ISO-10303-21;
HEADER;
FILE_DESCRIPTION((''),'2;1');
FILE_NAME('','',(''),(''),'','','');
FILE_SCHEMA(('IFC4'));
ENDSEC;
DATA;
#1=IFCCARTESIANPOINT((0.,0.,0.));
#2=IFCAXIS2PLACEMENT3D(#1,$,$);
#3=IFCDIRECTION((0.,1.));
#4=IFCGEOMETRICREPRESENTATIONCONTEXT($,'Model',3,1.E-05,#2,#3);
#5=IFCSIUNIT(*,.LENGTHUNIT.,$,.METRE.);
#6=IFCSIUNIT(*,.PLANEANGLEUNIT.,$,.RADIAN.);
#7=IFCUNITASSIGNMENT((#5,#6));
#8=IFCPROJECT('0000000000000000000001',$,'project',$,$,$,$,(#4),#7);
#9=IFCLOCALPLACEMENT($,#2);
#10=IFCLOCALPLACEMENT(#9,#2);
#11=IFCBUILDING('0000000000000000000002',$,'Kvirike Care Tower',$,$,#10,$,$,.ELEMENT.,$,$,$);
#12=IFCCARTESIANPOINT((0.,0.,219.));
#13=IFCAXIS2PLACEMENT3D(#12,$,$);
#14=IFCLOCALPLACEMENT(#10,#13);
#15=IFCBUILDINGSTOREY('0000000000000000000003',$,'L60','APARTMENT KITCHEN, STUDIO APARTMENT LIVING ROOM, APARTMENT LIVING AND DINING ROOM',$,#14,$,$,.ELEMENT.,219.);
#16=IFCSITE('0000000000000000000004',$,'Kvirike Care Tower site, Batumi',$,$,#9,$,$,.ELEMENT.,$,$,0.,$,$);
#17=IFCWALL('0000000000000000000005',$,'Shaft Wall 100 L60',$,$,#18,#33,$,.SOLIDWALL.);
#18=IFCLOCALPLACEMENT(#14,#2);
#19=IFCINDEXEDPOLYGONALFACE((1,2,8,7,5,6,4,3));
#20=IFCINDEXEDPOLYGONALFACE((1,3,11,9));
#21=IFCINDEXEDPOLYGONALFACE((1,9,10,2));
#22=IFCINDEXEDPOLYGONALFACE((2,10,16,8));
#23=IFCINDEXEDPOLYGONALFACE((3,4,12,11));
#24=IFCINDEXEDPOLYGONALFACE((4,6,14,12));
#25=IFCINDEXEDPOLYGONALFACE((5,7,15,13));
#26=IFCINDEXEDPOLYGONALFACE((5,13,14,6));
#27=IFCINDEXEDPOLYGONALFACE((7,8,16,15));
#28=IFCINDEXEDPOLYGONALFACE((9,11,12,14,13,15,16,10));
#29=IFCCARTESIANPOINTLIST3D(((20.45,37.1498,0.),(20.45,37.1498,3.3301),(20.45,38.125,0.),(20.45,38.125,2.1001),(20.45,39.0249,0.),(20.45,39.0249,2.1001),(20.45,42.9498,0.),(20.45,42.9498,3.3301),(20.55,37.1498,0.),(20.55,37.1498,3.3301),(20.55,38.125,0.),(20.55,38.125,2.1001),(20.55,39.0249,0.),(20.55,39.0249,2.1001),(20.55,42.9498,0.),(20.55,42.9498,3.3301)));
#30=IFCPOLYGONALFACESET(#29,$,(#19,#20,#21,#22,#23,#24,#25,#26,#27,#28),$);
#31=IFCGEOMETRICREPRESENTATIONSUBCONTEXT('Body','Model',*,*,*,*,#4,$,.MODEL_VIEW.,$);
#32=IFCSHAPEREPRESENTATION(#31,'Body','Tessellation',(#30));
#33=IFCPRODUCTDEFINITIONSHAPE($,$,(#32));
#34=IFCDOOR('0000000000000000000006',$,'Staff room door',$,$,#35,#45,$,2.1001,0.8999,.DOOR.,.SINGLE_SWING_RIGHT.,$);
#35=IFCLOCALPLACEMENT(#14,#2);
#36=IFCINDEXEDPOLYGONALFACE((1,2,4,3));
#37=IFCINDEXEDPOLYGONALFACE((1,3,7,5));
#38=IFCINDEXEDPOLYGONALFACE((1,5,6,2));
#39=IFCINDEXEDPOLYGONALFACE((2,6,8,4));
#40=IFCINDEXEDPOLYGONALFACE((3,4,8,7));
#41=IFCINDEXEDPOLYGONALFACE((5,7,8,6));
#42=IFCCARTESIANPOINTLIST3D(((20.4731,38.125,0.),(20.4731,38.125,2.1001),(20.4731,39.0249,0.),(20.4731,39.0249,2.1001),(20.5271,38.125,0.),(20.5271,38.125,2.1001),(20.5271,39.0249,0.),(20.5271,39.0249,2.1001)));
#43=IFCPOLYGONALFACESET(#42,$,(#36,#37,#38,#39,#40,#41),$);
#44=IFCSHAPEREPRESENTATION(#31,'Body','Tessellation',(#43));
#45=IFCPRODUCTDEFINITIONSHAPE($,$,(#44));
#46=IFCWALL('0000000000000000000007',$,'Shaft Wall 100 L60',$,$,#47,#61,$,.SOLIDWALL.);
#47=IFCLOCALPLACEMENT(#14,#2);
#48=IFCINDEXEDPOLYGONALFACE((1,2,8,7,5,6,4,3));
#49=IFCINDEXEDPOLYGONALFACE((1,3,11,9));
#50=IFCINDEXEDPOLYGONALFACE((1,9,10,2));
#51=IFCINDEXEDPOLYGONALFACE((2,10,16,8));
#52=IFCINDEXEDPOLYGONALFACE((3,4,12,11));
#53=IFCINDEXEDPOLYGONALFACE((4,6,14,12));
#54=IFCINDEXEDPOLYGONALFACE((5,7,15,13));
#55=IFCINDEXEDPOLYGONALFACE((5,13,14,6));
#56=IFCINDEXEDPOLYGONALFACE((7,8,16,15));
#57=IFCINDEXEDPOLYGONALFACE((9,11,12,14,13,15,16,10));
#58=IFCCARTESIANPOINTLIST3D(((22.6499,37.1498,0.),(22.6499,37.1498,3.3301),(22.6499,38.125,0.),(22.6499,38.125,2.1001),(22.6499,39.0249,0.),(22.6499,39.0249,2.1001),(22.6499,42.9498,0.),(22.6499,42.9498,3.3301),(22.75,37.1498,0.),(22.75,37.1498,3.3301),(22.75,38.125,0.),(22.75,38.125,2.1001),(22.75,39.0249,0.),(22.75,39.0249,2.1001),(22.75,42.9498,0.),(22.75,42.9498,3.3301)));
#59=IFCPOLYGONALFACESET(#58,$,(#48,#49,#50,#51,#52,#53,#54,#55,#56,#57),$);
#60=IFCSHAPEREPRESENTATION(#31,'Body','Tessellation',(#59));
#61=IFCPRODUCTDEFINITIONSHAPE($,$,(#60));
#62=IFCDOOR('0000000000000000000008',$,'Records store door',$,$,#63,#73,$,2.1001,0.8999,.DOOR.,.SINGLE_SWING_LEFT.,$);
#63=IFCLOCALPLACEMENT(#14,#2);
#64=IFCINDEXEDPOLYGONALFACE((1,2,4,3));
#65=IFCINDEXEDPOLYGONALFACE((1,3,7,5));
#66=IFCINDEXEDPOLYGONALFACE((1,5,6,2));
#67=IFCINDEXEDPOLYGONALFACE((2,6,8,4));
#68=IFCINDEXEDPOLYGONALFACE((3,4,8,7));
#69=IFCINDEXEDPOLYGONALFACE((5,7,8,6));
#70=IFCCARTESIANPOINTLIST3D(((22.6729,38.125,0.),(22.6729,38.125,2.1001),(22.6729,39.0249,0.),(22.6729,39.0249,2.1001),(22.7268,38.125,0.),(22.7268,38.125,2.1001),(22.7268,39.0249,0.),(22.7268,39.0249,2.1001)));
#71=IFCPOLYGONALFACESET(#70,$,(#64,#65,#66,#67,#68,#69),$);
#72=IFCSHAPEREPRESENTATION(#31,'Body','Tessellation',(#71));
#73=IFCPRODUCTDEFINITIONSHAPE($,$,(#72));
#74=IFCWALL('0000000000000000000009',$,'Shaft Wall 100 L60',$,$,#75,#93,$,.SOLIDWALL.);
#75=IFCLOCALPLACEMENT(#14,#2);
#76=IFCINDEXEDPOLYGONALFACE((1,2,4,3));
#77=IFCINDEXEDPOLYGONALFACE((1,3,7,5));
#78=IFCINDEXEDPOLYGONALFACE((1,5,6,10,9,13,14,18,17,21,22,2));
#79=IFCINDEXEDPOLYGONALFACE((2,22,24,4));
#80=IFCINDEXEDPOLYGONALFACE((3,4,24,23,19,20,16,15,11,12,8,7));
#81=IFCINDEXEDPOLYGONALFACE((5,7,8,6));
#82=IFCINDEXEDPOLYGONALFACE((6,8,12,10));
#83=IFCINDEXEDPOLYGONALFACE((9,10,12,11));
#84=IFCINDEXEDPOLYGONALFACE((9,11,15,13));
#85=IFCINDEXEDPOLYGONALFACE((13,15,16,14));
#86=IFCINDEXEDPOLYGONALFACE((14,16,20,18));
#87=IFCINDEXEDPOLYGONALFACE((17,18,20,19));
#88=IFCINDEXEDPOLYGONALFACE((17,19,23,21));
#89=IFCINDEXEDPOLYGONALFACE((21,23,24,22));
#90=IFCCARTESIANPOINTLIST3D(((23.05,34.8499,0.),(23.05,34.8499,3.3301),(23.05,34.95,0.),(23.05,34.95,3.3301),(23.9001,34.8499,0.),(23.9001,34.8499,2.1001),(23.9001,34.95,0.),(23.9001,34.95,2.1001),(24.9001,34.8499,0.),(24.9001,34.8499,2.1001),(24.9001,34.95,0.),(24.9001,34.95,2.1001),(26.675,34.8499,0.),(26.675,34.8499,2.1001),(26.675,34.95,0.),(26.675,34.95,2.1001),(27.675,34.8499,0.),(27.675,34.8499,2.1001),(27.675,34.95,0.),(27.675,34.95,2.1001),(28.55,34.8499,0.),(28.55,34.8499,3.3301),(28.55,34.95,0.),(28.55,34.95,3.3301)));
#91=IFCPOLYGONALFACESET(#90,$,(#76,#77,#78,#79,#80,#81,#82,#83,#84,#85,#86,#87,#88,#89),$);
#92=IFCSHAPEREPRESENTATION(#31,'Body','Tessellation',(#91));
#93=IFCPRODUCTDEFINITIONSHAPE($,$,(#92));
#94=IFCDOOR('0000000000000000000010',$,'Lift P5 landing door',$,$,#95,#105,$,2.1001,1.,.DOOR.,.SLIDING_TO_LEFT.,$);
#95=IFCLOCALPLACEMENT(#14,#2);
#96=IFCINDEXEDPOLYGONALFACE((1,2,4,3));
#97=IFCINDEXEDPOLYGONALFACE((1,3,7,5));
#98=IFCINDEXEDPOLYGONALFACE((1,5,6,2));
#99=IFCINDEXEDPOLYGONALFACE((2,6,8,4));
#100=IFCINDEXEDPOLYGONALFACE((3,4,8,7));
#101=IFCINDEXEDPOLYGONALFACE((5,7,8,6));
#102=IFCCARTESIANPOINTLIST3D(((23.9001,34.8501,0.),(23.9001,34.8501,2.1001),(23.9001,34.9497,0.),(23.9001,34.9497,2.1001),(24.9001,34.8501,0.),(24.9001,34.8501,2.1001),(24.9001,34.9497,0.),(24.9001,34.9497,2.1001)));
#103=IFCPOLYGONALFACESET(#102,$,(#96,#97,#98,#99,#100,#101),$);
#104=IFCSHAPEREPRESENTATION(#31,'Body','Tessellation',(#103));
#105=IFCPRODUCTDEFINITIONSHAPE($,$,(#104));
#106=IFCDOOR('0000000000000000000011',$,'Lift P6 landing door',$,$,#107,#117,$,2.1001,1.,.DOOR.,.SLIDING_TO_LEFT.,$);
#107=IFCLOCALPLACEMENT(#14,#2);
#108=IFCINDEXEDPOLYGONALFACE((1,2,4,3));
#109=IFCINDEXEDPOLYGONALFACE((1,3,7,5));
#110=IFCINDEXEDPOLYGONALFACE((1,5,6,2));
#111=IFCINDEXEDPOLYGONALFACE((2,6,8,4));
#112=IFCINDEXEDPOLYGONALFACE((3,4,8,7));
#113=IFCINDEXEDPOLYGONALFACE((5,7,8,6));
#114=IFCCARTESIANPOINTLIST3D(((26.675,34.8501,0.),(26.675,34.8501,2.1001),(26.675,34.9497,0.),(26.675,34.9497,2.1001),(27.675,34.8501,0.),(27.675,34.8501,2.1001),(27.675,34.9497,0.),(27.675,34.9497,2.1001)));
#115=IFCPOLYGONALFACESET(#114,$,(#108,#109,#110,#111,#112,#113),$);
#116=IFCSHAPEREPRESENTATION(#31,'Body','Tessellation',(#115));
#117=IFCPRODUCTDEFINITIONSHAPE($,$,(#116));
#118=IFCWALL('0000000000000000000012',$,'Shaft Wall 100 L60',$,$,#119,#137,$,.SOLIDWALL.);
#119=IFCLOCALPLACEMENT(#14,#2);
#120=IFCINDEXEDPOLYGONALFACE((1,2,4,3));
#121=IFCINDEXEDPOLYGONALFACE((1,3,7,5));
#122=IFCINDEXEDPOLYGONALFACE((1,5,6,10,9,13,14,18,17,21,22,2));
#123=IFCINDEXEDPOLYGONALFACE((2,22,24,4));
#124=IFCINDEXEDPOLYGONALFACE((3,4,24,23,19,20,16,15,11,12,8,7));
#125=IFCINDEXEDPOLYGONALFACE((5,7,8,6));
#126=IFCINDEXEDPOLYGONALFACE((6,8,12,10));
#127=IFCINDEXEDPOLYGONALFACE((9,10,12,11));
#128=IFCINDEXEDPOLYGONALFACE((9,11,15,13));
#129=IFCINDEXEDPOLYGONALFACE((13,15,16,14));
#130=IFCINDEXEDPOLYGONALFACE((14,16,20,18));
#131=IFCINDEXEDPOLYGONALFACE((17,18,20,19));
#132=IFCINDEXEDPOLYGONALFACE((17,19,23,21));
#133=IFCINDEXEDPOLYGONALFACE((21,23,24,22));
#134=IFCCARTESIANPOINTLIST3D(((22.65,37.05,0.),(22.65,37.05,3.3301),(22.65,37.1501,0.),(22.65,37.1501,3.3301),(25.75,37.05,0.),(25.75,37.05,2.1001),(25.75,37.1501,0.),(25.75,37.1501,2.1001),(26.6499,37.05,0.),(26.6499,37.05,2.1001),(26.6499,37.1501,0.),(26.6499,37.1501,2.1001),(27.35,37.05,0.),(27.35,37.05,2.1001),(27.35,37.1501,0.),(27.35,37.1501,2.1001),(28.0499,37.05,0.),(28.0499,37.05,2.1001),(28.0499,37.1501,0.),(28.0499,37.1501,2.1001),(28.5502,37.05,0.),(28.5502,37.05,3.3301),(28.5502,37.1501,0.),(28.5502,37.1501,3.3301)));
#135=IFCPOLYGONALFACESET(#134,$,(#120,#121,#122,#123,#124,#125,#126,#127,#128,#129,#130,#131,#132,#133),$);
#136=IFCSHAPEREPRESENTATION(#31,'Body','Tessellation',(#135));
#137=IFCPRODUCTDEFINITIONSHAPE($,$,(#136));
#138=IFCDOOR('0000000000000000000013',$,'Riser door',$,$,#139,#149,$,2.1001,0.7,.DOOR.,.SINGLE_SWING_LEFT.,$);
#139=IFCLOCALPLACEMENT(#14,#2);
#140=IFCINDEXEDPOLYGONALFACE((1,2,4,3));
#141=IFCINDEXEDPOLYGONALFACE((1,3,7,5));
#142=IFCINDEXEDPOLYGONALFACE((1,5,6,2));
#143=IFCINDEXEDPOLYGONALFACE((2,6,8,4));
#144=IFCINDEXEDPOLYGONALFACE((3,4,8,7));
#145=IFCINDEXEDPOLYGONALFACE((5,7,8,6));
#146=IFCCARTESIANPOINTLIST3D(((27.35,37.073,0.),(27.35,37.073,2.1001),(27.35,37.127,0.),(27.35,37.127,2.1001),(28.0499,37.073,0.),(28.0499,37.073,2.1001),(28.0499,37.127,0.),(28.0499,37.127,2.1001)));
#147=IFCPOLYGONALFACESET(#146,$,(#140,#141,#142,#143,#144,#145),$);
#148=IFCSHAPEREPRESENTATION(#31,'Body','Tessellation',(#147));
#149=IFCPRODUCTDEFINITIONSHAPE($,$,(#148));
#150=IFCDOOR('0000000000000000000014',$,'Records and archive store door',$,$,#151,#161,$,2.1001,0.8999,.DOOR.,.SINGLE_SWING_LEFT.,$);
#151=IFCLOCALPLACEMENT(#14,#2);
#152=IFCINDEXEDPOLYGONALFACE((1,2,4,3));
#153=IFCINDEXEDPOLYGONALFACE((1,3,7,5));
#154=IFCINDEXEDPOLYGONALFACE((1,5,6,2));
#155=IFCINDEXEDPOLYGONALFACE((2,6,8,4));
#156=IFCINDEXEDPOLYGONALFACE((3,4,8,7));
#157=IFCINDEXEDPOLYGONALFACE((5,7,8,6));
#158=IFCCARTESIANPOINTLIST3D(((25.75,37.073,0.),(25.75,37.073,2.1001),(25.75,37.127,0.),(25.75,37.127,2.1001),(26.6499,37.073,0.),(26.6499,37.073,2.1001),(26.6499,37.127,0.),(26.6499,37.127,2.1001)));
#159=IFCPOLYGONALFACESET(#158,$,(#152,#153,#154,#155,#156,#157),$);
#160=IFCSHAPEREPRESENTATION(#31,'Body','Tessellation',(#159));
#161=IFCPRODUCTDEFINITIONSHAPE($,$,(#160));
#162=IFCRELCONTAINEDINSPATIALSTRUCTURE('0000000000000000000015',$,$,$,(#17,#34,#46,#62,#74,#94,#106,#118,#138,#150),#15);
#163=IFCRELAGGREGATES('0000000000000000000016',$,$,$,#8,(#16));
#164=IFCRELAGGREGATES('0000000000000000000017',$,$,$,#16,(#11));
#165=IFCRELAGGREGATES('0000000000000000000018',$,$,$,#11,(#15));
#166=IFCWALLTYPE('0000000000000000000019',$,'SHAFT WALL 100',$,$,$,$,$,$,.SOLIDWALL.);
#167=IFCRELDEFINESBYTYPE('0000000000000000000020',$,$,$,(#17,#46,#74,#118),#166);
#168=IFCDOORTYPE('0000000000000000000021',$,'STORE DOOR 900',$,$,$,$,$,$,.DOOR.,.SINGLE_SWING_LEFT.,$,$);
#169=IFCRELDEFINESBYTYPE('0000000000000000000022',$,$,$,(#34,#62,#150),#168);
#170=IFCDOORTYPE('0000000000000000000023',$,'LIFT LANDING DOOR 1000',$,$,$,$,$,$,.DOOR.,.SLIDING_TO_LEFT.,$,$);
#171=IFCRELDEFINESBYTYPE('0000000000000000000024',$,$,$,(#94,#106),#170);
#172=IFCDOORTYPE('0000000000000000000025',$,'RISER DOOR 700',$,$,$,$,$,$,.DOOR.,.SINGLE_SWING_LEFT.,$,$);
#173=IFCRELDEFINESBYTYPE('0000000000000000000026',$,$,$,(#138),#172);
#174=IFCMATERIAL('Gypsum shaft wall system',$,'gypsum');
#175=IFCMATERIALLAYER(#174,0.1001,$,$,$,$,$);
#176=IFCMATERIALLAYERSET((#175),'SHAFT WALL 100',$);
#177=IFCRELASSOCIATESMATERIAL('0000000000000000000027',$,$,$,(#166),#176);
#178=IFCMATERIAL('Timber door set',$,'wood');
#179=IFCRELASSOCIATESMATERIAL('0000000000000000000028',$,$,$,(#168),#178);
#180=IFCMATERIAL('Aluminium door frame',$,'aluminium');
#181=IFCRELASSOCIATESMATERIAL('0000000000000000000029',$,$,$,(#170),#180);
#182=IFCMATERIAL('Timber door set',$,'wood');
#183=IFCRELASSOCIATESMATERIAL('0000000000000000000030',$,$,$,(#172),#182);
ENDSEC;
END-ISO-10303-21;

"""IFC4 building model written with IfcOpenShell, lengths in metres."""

from ifc_helpers import new_model, si_unit, direction, frame, frame_2d, origin, place, context, subcontext, project, spatial, rectangle, extrude, material, layer, layer_set, type_object, element, fill, save


model = new_model("IFC4")

# Units and contexts
model_context = context("Model", 3, precision=1e-05, world=origin(), true_north=direction((0.0, 1.0)))
body_context = subcontext(model_context, "Body", "Model", "MODEL_VIEW")
ifc_project = project(units=[si_unit("LENGTHUNIT", "METRE"), si_unit("PLANEANGLEUNIT", "RADIAN")], contexts=[model_context])

# Site, building, storey
site_placement = place(None, origin())
site = spatial("IfcSite", under=ifc_project, at=site_placement, Name="Kvirike Care Tower site, Batumi", CompositionType="ELEMENT", RefElevation=0.0)
building_placement = place(site_placement, origin())
building = spatial("IfcBuilding", under=site, at=building_placement, Name="Kvirike Care Tower", CompositionType="ELEMENT")
storey_placement = place(building_placement, frame((0.0, 0.0, 219.0)))
storey = spatial("IfcBuildingStorey", under=building, at=storey_placement, Name="L60", Description="APARTMENT KITCHEN, STUDIO APARTMENT LIVING ROOM, APARTMENT LIVING AND DINING ROOM", CompositionType="ELEMENT", Elevation=219.0)

# Shared definitions
ifc_material_1 = material(Name="Gypsum shaft wall system", Category="gypsum")
ifc_layer_1 = layer(ifc_material_1, 0.1001)
ifc_layer_set_1 = layer_set([ifc_layer_1], Name="SHAFT WALL 100")
wall_type_1 = type_object("IfcWallType", Name="SHAFT WALL 100", PredefinedType="SOLIDWALL", material=ifc_layer_set_1)

# Walls, openings, doors
wall_1_placement = place(storey_placement, frame((20.5, 37.1499, 0.0), z_axis=(0.0, 0.0, 1.0), x_axis=(0.0, 1.0, 0.0)))
wall_1 = element("IfcWall", 1, at=wall_1_placement, inside=storey, type_object=wall_type_1, Name="Shaft Wall 100 L60", PredefinedType="SOLIDWALL", context=body_context, shape_type="SweptSolid", body=[
    extrude(rectangle(XDim=5.8, YDim=0.1001, at=frame_2d((2.8999, 0.0))), origin(), (0.0, 0.0, 1.0), 3.3301),
])
opening_1_placement = place(wall_1_placement, frame((0.9751, 0.0, 0.0)))
opening_1 = element("IfcOpeningElement", 2, at=opening_1_placement, cuts=wall_1, PredefinedType="OPENING", context=body_context, shape_type="SweptSolid", body=[
    extrude(rectangle(XDim=0.8999, YDim=2.1001, at=frame_2d((0.45, 1.05))), frame((0.0, 0.0605, 0.0), z_axis=(0.0, -1.0, 0.0), x_axis=(1.0, 0.0, 0.0)), (0.0, 0.0, 1.0), 0.1211),
])
ifc_material_2 = material(Name="Timber door set", Category="wood")
door_type_1 = type_object("IfcDoorType", Name="STORE DOOR 900", OperationType="SINGLE_SWING_LEFT", PredefinedType="DOOR", material=ifc_material_2)
door_1_placement = place(opening_1_placement, origin())
door_1 = element("IfcDoor", 3, at=door_1_placement, inside=storey, type_object=door_type_1, Name="Staff room door", OperationType="SINGLE_SWING_RIGHT", OverallHeight=2.1001, OverallWidth=0.8999, PredefinedType="DOOR", context=body_context, shape_type="SweptSolid", body=[
    extrude(rectangle(XDim=0.8999, YDim=2.1001, at=frame_2d((0.45, 1.05))), frame((0.0, 0.0269, 0.0), z_axis=(0.0, -1.0, 0.0), x_axis=(1.0, 0.0, 0.0)), (0.0, 0.0, 1.0), 0.054),
])
fill(opening_1, door_1)
wall_2_placement = place(storey_placement, frame((22.7, 37.1499, 0.0), z_axis=(0.0, 0.0, 1.0), x_axis=(0.0, 1.0, 0.0)))
wall_2 = element("IfcWall", 4, at=wall_2_placement, inside=storey, type_object=wall_type_1, Name="Shaft Wall 100 L60", PredefinedType="SOLIDWALL", context=body_context, shape_type="SweptSolid", body=[
    extrude(rectangle(XDim=5.8, YDim=0.1001, at=frame_2d((2.8999, 0.0))), origin(), (0.0, 0.0, 1.0), 3.3301),
])
opening_2_placement = place(wall_2_placement, frame((0.9751, 0.0, 0.0)))
opening_2 = element("IfcOpeningElement", 5, at=opening_2_placement, cuts=wall_2, PredefinedType="OPENING", context=body_context, shape_type="SweptSolid", body=[
    extrude(rectangle(XDim=0.8999, YDim=2.1001, at=frame_2d((0.45, 1.05))), frame((0.0, 0.0605, 0.0), z_axis=(0.0, -1.0, 0.0), x_axis=(1.0, 0.0, 0.0)), (0.0, 0.0, 1.0), 0.1211),
])
door_2_placement = place(opening_2_placement, frame((0.8999, 0.0, 0.0), z_axis=(0.0, 0.0, 1.0), x_axis=(-1.0, 0.0, 0.0)))
door_2 = element("IfcDoor", 6, at=door_2_placement, inside=storey, type_object=door_type_1, Name="Records store door", OperationType="SINGLE_SWING_LEFT", OverallHeight=2.1001, OverallWidth=0.8999, PredefinedType="DOOR", context=body_context, shape_type="SweptSolid", body=[
    extrude(rectangle(XDim=0.8999, YDim=2.1001, at=frame_2d((0.45, 1.05))), frame((0.0, 0.0269, 0.0), z_axis=(0.0, -1.0, 0.0), x_axis=(1.0, 0.0, 0.0)), (0.0, 0.0, 1.0), 0.054),
])
fill(opening_2, door_2)

# Walls, openings, doors
wall_3_placement = place(storey_placement, frame((23.05, 34.8999, 0.0), z_axis=(0.0, 0.0, 1.0), x_axis=(1.0, 0.0, 0.0)))
wall_3 = element("IfcWall", 7, at=wall_3_placement, inside=storey, type_object=wall_type_1, Name="Shaft Wall 100 L60", PredefinedType="SOLIDWALL", context=body_context, shape_type="SweptSolid", body=[
    extrude(rectangle(XDim=5.5, YDim=0.1001, at=frame_2d((2.75, 0.0))), origin(), (0.0, 0.0, 1.0), 3.3301),
])
opening_3_placement = place(wall_3_placement, frame((0.8501, 0.0, 0.0)))
opening_3 = element("IfcOpeningElement", 8, at=opening_3_placement, cuts=wall_3, PredefinedType="OPENING", context=body_context, shape_type="SweptSolid", body=[
    extrude(rectangle(XDim=1.0, YDim=2.1001, at=frame_2d((0.5, 1.05))), frame((0.0, 0.0605, 0.0), z_axis=(0.0, -1.0, 0.0), x_axis=(1.0, 0.0, 0.0)), (0.0, 0.0, 1.0), 0.1211),
])
opening_4_placement = place(wall_3_placement, frame((3.625, 0.0, 0.0)))
opening_4 = element("IfcOpeningElement", 9, at=opening_4_placement, cuts=wall_3, PredefinedType="OPENING", context=body_context, shape_type="SweptSolid", body=[
    extrude(rectangle(XDim=1.0, YDim=2.1001, at=frame_2d((0.5, 1.05))), frame((0.0, 0.0605, 0.0), z_axis=(0.0, -1.0, 0.0), x_axis=(1.0, 0.0, 0.0)), (0.0, 0.0, 1.0), 0.1211),
])
ifc_material_3 = material(Name="Aluminium door frame", Category="aluminium")
door_type_2 = type_object("IfcDoorType", Name="LIFT LANDING DOOR 1000", OperationType="SLIDING_TO_LEFT", PredefinedType="DOOR", material=ifc_material_3)
door_3_placement = place(opening_3_placement, origin())
door_3 = element("IfcDoor", 10, at=door_3_placement, inside=storey, type_object=door_type_2, Name="Lift P5 landing door", OperationType="SLIDING_TO_LEFT", OverallHeight=2.1001, OverallWidth=1.0, PredefinedType="DOOR", context=body_context, shape_type="SweptSolid", body=[
    extrude(rectangle(XDim=1.0, YDim=2.1001, at=frame_2d((0.5, 1.05))), frame((0.0, 0.0498, 0.0), z_axis=(0.0, -1.0, 0.0), x_axis=(1.0, 0.0, 0.0)), (0.0, 0.0, 1.0), 0.0996),
])
fill(opening_3, door_3)
door_4_placement = place(opening_4_placement, origin())
door_4 = element("IfcDoor", 11, at=door_4_placement, inside=storey, type_object=door_type_2, Name="Lift P6 landing door", OperationType="SLIDING_TO_LEFT", OverallHeight=2.1001, OverallWidth=1.0, PredefinedType="DOOR", context=body_context, shape_type="SweptSolid", body=[
    extrude(rectangle(XDim=1.0, YDim=2.1001, at=frame_2d((0.5, 1.05))), frame((0.0, 0.0498, 0.0), z_axis=(0.0, -1.0, 0.0), x_axis=(1.0, 0.0, 0.0)), (0.0, 0.0, 1.0), 0.0996),
])
fill(opening_4, door_4)
wall_4_placement = place(storey_placement, frame((22.6499, 37.1001, 0.0), z_axis=(0.0, 0.0, 1.0), x_axis=(1.0, 0.0, 0.0)))
wall_4 = element("IfcWall", 12, at=wall_4_placement, inside=storey, type_object=wall_type_1, Name="Shaft Wall 100 L60", PredefinedType="SOLIDWALL", context=body_context, shape_type="SweptSolid", body=[
    extrude(rectangle(XDim=5.9001, YDim=0.1001, at=frame_2d((2.9502, 0.0))), origin(), (0.0, 0.0, 1.0), 3.3301),
])
opening_5_placement = place(wall_4_placement, frame((3.1001, 0.0, 0.0)))
opening_5 = element("IfcOpeningElement", 13, at=opening_5_placement, cuts=wall_4, PredefinedType="OPENING", context=body_context, shape_type="SweptSolid", body=[
    extrude(rectangle(XDim=0.8999, YDim=2.1001, at=frame_2d((0.45, 1.05))), frame((0.0, 0.0605, 0.0), z_axis=(0.0, -1.0, 0.0), x_axis=(1.0, 0.0, 0.0)), (0.0, 0.0, 1.0), 0.1211),
])
opening_6_placement = place(wall_4_placement, frame((4.7, 0.0, 0.0)))
opening_6 = element("IfcOpeningElement", 14, at=opening_6_placement, cuts=wall_4, PredefinedType="OPENING", context=body_context, shape_type="SweptSolid", body=[
    extrude(rectangle(XDim=0.7, YDim=2.1001, at=frame_2d((0.3501, 1.05))), frame((0.0, 0.0605, 0.0), z_axis=(0.0, -1.0, 0.0), x_axis=(1.0, 0.0, 0.0)), (0.0, 0.0, 1.0), 0.1211),
])
ifc_material_4 = material(Name="Timber door set", Category="wood")
door_type_3 = type_object("IfcDoorType", Name="RISER DOOR 700", OperationType="SINGLE_SWING_LEFT", PredefinedType="DOOR", material=ifc_material_4)
door_5_placement = place(opening_6_placement, origin())
door_5 = element("IfcDoor", 15, at=door_5_placement, inside=storey, type_object=door_type_3, Name="Riser door", OperationType="SINGLE_SWING_LEFT", OverallHeight=2.1001, OverallWidth=0.7, PredefinedType="DOOR", context=body_context, shape_type="SweptSolid", body=[
    extrude(rectangle(XDim=0.7, YDim=2.1001, at=frame_2d((0.3501, 1.05))), frame((0.0, 0.0269, 0.0), z_axis=(0.0, -1.0, 0.0), x_axis=(1.0, 0.0, 0.0)), (0.0, 0.0, 1.0), 0.054),
])
fill(opening_6, door_5)
door_6_placement = place(opening_5_placement, origin())
door_6 = element("IfcDoor", 16, at=door_6_placement, inside=storey, type_object=door_type_1, Name="Records and archive store door", OperationType="SINGLE_SWING_LEFT", OverallHeight=2.1001, OverallWidth=0.8999, PredefinedType="DOOR", context=body_context, shape_type="SweptSolid", body=[
    extrude(rectangle(XDim=0.8999, YDim=2.1001, at=frame_2d((0.45, 1.05))), frame((0.0, 0.0269, 0.0), z_axis=(0.0, -1.0, 0.0), x_axis=(1.0, 0.0, 0.0)), (0.0, 0.0, 1.0), 0.054),
])
fill(opening_5, door_6)

save(model, "model.ifc")
